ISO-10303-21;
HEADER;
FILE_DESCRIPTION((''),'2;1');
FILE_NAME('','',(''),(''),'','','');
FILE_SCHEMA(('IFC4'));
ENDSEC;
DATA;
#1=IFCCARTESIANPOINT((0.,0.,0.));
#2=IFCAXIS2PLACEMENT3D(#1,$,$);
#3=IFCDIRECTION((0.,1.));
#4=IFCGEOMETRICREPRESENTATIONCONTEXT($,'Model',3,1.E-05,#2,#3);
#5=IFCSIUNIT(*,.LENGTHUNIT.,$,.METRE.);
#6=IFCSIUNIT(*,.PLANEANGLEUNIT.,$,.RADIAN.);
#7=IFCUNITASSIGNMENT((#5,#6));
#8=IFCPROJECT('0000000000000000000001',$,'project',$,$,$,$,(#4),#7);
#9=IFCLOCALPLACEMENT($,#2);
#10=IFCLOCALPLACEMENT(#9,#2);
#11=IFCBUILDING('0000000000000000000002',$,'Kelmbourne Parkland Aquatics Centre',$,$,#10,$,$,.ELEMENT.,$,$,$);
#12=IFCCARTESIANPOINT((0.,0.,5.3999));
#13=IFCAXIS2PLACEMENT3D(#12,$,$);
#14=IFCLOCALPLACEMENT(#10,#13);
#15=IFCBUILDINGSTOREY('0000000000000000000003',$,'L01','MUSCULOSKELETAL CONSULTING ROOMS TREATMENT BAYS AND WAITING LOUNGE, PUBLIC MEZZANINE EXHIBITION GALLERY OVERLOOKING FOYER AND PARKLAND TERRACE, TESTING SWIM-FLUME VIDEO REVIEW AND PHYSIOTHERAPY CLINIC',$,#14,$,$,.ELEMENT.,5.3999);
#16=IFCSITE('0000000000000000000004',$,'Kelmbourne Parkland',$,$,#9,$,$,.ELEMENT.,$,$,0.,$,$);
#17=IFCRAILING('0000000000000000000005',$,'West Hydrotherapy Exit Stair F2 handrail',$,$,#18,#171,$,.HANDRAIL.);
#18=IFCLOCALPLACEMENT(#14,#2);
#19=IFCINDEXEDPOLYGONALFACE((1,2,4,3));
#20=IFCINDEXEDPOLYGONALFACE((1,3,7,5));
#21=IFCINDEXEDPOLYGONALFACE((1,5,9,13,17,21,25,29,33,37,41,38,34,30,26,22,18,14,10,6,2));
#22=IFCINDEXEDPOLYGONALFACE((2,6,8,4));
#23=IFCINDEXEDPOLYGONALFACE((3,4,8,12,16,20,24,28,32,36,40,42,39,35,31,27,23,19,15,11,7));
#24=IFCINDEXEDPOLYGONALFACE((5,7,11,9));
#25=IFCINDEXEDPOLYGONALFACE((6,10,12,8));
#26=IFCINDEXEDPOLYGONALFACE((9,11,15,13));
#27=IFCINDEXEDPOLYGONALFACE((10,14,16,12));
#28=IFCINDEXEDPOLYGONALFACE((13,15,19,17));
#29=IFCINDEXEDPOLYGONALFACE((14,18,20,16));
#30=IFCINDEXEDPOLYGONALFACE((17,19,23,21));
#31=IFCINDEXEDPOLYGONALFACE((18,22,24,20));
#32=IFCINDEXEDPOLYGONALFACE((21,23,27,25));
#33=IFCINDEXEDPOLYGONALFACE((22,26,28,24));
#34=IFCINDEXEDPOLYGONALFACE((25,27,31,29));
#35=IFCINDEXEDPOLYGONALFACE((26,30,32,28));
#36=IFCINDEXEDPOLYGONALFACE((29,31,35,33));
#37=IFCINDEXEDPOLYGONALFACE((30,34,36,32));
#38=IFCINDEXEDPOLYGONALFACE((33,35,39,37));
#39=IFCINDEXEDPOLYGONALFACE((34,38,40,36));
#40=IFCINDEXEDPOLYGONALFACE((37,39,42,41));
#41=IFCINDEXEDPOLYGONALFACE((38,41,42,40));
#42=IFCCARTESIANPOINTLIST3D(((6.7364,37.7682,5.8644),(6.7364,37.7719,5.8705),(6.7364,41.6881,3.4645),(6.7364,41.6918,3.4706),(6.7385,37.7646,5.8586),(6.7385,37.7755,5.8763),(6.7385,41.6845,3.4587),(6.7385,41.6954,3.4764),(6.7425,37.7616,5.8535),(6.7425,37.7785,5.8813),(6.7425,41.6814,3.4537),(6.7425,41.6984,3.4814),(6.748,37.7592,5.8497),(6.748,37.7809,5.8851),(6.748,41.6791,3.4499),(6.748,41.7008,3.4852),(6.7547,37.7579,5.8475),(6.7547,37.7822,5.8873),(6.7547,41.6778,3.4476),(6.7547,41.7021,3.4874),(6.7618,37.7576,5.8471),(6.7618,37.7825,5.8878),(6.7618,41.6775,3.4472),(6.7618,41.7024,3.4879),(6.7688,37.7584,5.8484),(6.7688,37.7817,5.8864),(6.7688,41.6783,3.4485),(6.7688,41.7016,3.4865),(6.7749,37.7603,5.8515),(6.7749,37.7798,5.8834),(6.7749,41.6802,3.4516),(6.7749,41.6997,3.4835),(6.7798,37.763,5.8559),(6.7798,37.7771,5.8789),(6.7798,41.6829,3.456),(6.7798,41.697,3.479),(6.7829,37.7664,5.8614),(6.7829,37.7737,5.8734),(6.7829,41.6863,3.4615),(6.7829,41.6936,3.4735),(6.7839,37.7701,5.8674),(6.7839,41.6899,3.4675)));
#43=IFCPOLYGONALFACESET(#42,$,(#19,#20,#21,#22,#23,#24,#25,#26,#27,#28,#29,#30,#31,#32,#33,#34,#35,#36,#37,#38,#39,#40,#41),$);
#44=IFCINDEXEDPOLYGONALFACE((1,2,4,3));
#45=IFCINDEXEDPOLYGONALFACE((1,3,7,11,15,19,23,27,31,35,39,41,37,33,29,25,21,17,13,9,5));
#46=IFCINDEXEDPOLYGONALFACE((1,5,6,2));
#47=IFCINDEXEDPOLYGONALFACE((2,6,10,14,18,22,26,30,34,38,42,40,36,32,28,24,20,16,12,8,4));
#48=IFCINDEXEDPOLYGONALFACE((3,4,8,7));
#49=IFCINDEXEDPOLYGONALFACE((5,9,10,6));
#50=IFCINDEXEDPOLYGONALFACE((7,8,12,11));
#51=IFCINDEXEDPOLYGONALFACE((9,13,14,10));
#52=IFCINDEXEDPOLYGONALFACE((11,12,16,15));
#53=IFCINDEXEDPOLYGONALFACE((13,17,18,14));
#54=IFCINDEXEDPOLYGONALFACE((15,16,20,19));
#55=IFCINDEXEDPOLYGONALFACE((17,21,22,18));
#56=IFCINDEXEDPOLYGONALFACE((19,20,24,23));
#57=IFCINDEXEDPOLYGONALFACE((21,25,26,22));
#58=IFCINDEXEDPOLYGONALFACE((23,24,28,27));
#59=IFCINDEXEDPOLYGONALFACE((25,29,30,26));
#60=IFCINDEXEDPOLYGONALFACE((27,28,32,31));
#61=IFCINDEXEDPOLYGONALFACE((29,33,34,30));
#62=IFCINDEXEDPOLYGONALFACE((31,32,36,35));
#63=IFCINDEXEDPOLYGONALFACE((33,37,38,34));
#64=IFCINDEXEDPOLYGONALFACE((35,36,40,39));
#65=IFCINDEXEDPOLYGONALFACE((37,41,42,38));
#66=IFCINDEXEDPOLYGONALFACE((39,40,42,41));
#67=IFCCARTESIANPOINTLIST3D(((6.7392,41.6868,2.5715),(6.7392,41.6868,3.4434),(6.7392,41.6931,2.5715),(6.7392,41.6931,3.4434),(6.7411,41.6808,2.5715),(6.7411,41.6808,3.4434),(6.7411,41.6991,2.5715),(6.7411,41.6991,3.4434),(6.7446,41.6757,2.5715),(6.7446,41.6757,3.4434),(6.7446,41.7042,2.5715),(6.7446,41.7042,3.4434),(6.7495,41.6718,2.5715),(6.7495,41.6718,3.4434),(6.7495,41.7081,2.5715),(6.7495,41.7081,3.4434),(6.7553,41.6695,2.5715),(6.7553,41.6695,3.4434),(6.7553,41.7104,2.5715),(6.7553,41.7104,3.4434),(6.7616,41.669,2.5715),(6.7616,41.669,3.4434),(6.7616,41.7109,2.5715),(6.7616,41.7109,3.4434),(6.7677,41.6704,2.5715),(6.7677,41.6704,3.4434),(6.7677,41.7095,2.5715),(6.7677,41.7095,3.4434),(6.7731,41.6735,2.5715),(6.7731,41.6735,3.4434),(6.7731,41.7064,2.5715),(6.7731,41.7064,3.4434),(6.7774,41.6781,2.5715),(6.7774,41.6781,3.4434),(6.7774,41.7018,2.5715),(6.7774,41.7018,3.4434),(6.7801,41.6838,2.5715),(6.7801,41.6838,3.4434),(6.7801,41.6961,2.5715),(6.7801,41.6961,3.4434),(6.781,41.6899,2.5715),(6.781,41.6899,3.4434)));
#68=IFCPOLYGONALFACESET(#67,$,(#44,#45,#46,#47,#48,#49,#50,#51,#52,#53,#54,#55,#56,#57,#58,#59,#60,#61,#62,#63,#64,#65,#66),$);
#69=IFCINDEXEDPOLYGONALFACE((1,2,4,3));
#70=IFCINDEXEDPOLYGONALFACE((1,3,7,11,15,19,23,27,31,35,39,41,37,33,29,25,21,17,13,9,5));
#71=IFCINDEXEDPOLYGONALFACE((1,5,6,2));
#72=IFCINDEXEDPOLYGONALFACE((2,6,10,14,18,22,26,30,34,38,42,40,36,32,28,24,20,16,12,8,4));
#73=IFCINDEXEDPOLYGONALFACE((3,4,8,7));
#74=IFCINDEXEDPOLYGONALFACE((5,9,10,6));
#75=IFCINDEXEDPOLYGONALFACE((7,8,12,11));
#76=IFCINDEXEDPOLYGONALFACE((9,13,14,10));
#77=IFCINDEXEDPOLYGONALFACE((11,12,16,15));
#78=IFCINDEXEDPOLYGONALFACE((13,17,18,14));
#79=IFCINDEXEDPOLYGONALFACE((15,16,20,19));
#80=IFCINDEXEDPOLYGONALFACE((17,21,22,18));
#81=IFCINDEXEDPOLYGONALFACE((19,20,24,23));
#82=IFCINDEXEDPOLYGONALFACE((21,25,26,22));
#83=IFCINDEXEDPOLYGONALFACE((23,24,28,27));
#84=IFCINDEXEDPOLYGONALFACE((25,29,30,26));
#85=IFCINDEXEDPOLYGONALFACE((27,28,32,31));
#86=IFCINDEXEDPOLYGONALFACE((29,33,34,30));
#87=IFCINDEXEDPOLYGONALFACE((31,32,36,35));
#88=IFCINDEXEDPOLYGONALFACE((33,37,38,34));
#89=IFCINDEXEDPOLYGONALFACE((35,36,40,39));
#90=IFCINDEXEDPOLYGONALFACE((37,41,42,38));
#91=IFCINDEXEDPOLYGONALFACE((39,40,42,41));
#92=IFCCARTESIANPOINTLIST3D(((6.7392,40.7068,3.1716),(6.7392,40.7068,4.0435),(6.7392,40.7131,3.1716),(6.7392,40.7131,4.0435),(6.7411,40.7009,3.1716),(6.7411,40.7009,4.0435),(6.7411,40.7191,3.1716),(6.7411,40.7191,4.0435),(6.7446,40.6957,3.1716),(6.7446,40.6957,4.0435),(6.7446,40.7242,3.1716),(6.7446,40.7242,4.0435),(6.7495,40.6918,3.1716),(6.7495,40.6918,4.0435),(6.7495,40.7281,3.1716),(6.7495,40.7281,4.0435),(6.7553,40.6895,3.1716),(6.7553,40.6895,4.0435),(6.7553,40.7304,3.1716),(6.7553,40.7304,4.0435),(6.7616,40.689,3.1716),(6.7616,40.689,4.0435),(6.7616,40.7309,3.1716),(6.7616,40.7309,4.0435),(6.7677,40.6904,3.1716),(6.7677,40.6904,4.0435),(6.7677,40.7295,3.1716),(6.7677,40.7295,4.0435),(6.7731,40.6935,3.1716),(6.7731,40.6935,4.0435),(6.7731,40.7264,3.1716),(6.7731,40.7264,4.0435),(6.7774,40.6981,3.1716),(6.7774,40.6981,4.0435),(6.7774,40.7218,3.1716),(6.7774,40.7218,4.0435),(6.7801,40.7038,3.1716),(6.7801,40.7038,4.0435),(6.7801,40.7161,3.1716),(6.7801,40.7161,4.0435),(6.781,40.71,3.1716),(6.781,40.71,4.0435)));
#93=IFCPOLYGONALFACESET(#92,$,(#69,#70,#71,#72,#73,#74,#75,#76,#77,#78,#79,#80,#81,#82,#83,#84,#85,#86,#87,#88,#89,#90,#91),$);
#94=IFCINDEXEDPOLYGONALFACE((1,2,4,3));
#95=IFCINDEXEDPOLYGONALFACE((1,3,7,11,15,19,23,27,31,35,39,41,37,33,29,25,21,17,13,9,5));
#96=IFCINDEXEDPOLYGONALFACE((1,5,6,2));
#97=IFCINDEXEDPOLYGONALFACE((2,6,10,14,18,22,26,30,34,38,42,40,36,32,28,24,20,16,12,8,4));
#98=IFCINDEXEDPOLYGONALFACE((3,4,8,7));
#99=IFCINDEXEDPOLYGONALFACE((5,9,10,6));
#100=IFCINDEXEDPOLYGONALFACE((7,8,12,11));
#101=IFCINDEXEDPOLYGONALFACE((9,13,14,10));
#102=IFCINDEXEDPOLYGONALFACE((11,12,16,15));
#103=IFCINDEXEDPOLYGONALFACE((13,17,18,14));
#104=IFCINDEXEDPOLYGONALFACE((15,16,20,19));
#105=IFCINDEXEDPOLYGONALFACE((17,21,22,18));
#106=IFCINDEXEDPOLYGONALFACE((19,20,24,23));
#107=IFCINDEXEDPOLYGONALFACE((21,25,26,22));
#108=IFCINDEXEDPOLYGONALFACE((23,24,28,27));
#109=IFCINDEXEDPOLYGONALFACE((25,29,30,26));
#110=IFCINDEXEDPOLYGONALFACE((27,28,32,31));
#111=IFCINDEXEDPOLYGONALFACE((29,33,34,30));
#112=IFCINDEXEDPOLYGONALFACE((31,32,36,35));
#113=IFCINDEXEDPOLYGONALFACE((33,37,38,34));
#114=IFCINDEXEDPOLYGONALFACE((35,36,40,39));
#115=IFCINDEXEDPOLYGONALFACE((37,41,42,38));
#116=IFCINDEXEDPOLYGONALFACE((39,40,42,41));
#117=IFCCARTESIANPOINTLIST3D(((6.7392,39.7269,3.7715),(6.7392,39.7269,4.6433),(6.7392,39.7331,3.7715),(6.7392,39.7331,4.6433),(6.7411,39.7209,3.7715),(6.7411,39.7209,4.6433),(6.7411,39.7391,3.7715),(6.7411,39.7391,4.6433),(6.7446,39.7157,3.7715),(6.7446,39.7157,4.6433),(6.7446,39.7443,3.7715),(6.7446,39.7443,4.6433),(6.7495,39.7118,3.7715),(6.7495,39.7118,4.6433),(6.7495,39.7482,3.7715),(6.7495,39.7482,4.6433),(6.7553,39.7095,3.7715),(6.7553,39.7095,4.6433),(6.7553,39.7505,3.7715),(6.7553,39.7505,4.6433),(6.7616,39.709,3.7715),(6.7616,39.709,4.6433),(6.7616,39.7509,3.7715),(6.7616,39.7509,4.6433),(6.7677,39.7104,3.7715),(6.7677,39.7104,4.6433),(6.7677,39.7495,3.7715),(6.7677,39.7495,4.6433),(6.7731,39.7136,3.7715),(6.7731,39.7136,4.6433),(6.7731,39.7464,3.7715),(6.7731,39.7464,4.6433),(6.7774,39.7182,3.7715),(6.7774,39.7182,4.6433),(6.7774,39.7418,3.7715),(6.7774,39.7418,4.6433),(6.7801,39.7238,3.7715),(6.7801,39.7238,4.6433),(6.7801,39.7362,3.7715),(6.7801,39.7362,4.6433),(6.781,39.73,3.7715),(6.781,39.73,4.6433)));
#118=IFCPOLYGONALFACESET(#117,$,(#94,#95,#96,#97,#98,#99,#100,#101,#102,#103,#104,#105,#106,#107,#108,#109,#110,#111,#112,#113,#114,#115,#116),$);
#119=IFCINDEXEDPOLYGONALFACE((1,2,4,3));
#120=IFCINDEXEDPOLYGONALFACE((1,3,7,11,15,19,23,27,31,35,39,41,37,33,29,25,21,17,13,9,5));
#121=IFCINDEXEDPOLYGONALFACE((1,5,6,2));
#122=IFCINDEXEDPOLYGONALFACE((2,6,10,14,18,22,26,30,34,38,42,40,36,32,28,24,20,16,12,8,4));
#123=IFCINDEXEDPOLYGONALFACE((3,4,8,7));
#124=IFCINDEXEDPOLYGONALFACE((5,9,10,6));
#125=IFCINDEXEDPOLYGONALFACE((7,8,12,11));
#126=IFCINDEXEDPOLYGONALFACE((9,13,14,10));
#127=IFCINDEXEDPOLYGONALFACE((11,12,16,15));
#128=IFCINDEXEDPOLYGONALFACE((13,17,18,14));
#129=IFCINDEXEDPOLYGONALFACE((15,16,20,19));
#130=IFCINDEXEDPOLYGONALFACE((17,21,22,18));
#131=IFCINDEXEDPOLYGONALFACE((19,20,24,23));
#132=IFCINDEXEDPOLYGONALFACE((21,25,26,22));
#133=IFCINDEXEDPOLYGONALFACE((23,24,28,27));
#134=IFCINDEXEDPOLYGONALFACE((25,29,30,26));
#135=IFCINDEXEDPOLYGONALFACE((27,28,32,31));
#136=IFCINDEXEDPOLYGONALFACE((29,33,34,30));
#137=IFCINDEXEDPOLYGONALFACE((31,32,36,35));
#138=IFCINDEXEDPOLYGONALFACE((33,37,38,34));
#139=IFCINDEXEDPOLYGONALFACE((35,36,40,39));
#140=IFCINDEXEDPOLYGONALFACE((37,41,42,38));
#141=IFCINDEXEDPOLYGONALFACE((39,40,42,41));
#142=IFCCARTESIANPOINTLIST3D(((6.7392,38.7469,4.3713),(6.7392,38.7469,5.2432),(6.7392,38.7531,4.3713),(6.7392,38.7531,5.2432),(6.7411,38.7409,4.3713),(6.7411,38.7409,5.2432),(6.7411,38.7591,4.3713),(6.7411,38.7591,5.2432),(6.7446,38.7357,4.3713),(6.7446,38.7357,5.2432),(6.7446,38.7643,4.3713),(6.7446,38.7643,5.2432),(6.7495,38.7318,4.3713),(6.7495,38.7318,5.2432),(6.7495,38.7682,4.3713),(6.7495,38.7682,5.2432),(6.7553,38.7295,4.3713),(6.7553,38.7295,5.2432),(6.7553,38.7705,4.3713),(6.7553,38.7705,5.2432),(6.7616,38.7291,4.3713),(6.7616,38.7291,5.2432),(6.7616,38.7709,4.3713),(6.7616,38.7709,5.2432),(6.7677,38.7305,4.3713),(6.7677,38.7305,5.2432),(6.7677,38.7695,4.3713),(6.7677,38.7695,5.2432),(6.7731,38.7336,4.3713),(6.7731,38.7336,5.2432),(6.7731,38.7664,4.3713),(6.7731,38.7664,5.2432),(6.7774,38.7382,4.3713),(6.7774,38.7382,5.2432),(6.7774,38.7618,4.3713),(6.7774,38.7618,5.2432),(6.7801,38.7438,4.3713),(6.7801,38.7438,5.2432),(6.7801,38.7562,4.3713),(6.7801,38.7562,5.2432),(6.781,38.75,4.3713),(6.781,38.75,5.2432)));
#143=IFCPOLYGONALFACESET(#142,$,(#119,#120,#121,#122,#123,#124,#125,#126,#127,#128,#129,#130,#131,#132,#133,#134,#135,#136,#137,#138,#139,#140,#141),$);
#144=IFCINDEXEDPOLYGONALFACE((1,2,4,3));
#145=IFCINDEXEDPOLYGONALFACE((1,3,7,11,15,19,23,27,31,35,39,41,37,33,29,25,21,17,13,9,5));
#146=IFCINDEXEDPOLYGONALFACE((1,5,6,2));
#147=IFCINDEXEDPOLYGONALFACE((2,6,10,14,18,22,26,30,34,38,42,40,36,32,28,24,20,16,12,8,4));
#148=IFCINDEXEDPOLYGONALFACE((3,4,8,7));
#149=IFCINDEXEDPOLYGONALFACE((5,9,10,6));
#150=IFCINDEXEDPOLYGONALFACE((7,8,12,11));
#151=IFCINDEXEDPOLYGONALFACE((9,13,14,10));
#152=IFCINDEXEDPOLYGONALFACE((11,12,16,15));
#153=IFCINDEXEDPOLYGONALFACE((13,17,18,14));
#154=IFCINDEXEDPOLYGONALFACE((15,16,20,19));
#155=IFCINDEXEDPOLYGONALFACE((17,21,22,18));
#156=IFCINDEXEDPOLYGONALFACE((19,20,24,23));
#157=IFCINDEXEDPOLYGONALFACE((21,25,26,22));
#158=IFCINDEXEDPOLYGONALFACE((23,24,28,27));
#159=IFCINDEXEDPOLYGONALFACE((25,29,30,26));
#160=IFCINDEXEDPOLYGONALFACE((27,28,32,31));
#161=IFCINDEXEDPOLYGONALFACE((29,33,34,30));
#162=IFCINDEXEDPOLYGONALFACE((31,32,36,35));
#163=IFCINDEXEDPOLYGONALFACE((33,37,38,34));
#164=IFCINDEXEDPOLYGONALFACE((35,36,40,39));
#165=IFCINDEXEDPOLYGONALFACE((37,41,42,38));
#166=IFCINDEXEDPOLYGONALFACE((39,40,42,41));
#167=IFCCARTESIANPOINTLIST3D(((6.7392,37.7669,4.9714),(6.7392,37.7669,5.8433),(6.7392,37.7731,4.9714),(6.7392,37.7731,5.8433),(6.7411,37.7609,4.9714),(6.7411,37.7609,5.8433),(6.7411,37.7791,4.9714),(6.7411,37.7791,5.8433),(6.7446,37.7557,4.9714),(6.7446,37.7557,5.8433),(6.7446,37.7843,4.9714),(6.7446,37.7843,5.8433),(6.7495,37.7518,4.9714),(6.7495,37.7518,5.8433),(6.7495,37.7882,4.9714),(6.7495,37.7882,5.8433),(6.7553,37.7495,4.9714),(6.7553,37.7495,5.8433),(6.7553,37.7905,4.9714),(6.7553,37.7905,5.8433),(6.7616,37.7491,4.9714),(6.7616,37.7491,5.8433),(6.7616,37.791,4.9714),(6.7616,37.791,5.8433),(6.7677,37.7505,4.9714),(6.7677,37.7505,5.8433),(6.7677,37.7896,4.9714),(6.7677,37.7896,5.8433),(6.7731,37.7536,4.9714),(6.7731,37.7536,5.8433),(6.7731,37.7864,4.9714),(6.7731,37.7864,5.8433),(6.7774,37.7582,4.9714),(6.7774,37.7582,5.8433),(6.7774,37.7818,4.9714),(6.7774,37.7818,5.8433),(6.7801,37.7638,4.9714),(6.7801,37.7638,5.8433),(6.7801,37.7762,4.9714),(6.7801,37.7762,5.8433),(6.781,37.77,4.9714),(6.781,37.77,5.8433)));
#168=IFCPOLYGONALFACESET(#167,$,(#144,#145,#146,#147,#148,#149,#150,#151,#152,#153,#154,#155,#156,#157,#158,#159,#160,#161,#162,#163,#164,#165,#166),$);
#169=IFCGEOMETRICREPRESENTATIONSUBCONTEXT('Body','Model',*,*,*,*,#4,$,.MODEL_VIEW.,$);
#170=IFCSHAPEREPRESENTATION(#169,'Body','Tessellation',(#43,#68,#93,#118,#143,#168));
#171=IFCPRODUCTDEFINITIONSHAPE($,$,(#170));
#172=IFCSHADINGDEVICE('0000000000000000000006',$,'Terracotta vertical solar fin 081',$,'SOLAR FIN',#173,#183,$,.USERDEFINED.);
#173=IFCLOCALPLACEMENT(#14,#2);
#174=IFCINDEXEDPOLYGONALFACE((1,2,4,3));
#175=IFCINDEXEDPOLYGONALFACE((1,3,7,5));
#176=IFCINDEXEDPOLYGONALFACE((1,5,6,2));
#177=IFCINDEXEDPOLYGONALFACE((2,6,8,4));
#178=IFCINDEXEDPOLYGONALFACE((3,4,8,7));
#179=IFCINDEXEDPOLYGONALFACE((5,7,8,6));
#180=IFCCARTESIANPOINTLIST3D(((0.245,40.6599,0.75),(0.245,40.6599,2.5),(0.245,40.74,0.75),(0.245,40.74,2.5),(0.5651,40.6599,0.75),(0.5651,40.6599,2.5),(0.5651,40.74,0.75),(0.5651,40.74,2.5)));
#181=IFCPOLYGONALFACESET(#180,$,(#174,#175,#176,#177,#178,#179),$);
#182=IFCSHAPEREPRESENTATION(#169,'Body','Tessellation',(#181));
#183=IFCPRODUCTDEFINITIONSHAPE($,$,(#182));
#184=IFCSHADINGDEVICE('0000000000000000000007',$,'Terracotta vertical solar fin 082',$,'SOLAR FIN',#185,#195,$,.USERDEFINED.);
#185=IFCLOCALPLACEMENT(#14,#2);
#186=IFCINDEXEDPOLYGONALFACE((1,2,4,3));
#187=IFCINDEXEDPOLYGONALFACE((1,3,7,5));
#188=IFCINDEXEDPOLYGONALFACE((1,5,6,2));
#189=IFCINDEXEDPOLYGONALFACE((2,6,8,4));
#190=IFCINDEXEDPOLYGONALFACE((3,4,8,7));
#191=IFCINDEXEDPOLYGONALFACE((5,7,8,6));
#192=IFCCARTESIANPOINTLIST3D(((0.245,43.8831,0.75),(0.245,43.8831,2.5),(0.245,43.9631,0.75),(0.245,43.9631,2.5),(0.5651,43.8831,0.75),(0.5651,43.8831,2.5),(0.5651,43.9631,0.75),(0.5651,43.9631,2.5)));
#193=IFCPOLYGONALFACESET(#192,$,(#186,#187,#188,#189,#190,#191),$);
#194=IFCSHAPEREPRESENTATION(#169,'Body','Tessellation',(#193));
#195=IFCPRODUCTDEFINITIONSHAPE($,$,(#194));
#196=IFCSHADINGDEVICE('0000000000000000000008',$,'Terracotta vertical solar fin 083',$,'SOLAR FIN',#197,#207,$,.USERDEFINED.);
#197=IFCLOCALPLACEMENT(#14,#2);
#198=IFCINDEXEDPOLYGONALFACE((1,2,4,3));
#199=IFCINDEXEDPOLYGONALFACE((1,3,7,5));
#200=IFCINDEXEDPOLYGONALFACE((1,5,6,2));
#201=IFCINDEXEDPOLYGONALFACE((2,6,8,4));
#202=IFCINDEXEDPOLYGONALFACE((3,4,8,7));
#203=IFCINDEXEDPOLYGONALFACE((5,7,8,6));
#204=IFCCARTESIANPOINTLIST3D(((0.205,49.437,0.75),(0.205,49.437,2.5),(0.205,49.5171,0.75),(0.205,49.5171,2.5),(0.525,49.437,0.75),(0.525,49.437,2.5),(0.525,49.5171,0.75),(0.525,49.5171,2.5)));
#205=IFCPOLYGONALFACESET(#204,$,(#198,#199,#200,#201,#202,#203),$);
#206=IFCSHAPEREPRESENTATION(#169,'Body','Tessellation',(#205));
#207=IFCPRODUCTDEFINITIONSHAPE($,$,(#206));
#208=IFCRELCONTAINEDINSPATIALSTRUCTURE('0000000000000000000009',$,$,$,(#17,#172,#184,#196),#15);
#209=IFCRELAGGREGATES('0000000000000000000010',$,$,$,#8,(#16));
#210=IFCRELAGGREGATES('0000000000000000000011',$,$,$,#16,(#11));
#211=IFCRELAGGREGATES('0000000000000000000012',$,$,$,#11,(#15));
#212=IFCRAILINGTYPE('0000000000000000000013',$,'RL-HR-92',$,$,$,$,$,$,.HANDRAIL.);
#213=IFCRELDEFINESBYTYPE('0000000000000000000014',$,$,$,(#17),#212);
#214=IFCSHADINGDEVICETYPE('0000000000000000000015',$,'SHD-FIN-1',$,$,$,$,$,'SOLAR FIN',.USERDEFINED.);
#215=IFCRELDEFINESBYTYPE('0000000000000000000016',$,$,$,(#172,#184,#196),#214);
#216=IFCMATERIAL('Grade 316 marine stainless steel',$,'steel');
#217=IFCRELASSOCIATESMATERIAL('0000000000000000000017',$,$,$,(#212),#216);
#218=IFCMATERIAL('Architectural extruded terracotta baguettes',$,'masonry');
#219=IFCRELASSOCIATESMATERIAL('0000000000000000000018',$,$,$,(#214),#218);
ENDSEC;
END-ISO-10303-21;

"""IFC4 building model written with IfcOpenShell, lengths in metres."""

from ifc_helpers import new_model, si_unit, direction, frame, origin, origin_2d, place, context, subcontext, project, spatial, rectangle, circle, extrude, material, type_object, element, save


model = new_model("IFC4")

# Units and contexts
model_context = context("Model", 3, precision=1e-05, world=origin(), true_north=direction((0.0, 1.0)))
body_context = subcontext(model_context, "Body", "Model", "MODEL_VIEW")
ifc_project = project(units=[si_unit("LENGTHUNIT", "METRE"), si_unit("PLANEANGLEUNIT", "RADIAN")], contexts=[model_context])

# Site, building, storey
site_placement = place(None, origin())
site = spatial("IfcSite", under=ifc_project, at=site_placement, Name="Kelmbourne Parkland", CompositionType="ELEMENT", RefElevation=0.0)
building_placement = place(site_placement, origin())
building = spatial("IfcBuilding", under=site, at=building_placement, Name="Kelmbourne Parkland Aquatics Centre", CompositionType="ELEMENT")
storey_placement = place(building_placement, frame((0.0, 0.0, 5.3999)))
storey = spatial("IfcBuildingStorey", under=building, at=storey_placement, Name="L01", Description="MUSCULOSKELETAL CONSULTING ROOMS TREATMENT BAYS AND WAITING LOUNGE, PUBLIC MEZZANINE EXHIBITION GALLERY OVERLOOKING FOYER AND PARKLAND TERRACE, TESTING SWIM-FLUME VIDEO REVIEW AND PHYSIOTHERAPY CLINIC", CompositionType="ELEMENT", Elevation=5.3999)

# Railing
ifc_material_1 = material(Name="Grade 316 marine stainless steel", Category="steel")
railing_type_1 = type_object("IfcRailingType", Name="RL-HR-92", PredefinedType="HANDRAIL", material=ifc_material_1)
railing_1_placement = place(storey_placement, frame((6.76, 41.6899, 2.5715)))
element("IfcRailing", 1, at=railing_1_placement, inside=storey, type_object=railing_type_1, Name="West Hydrotherapy Exit Stair F2 handrail", PredefinedType="HANDRAIL", context=body_context, shape_type="SweptSolid", body=[
    extrude(circle(Radius=0.0239, at=origin_2d()), frame((0.0, 0.0, 0.896), z_axis=(0.0, -0.852856, 0.522146), x_axis=(1.0, 0.0, 0.0)), (0.0, 0.0, 1.0), 4.5962),
    extrude(circle(Radius=0.021, at=origin_2d()), origin(), (0.0, 0.0, 1.0), 0.8718),
    extrude(circle(Radius=0.021, at=origin_2d()), frame((0.0, -0.98, 0.6001)), (0.0, 0.0, 1.0), 0.8718),
    extrude(circle(Radius=0.021, at=origin_2d()), frame((0.0, -1.96, 1.2)), (0.0, 0.0, 1.0), 0.8718),
    extrude(circle(Radius=0.021, at=origin_2d()), frame((0.0, -2.9399, 1.7998)), (0.0, 0.0, 1.0), 0.8718),
    extrude(circle(Radius=0.021, at=origin_2d()), frame((0.0, -3.9199, 2.3999)), (0.0, 0.0, 1.0), 0.8718),
])

# Shading devices
ifc_material_2 = material(Name="Architectural extruded terracotta baguettes", Category="masonry")
shading_device_type = type_object("IfcShadingDeviceType", Name="SHD-FIN-1", ElementType="SOLAR FIN", PredefinedType="USERDEFINED", material=ifc_material_2)
for number, where, z_axis, x_axis, name in (
    (2, (0.405, 40.7, 0.75), (0.0, 0.0, 1.0), (0.0, 1.0, 0.0), "Terracotta vertical solar fin 081"),
    (3, (0.405, 43.9231, 0.75), (0.0, 0.0, 1.0), (0.0, 1.0, 0.0), "Terracotta vertical solar fin 082"),
    (4, (0.365, 49.4771, 0.75), (0.0, 0.0, 1.0), (0.0, 1.0, 0.0), "Terracotta vertical solar fin 083"),
):
    element("IfcShadingDevice", number, at=place(storey_placement, frame(where, z_axis=z_axis, x_axis=x_axis)), inside=storey, type_object=shading_device_type, Name=name, ObjectType="SOLAR FIN", PredefinedType="USERDEFINED", context=body_context, shape_type="SweptSolid", body=[
        extrude(rectangle(XDim=0.0801, YDim=0.3201, at=origin_2d()), origin(), (0.0, 0.0, 1.0), 1.75),
    ])

save(model, "model.ifc")
